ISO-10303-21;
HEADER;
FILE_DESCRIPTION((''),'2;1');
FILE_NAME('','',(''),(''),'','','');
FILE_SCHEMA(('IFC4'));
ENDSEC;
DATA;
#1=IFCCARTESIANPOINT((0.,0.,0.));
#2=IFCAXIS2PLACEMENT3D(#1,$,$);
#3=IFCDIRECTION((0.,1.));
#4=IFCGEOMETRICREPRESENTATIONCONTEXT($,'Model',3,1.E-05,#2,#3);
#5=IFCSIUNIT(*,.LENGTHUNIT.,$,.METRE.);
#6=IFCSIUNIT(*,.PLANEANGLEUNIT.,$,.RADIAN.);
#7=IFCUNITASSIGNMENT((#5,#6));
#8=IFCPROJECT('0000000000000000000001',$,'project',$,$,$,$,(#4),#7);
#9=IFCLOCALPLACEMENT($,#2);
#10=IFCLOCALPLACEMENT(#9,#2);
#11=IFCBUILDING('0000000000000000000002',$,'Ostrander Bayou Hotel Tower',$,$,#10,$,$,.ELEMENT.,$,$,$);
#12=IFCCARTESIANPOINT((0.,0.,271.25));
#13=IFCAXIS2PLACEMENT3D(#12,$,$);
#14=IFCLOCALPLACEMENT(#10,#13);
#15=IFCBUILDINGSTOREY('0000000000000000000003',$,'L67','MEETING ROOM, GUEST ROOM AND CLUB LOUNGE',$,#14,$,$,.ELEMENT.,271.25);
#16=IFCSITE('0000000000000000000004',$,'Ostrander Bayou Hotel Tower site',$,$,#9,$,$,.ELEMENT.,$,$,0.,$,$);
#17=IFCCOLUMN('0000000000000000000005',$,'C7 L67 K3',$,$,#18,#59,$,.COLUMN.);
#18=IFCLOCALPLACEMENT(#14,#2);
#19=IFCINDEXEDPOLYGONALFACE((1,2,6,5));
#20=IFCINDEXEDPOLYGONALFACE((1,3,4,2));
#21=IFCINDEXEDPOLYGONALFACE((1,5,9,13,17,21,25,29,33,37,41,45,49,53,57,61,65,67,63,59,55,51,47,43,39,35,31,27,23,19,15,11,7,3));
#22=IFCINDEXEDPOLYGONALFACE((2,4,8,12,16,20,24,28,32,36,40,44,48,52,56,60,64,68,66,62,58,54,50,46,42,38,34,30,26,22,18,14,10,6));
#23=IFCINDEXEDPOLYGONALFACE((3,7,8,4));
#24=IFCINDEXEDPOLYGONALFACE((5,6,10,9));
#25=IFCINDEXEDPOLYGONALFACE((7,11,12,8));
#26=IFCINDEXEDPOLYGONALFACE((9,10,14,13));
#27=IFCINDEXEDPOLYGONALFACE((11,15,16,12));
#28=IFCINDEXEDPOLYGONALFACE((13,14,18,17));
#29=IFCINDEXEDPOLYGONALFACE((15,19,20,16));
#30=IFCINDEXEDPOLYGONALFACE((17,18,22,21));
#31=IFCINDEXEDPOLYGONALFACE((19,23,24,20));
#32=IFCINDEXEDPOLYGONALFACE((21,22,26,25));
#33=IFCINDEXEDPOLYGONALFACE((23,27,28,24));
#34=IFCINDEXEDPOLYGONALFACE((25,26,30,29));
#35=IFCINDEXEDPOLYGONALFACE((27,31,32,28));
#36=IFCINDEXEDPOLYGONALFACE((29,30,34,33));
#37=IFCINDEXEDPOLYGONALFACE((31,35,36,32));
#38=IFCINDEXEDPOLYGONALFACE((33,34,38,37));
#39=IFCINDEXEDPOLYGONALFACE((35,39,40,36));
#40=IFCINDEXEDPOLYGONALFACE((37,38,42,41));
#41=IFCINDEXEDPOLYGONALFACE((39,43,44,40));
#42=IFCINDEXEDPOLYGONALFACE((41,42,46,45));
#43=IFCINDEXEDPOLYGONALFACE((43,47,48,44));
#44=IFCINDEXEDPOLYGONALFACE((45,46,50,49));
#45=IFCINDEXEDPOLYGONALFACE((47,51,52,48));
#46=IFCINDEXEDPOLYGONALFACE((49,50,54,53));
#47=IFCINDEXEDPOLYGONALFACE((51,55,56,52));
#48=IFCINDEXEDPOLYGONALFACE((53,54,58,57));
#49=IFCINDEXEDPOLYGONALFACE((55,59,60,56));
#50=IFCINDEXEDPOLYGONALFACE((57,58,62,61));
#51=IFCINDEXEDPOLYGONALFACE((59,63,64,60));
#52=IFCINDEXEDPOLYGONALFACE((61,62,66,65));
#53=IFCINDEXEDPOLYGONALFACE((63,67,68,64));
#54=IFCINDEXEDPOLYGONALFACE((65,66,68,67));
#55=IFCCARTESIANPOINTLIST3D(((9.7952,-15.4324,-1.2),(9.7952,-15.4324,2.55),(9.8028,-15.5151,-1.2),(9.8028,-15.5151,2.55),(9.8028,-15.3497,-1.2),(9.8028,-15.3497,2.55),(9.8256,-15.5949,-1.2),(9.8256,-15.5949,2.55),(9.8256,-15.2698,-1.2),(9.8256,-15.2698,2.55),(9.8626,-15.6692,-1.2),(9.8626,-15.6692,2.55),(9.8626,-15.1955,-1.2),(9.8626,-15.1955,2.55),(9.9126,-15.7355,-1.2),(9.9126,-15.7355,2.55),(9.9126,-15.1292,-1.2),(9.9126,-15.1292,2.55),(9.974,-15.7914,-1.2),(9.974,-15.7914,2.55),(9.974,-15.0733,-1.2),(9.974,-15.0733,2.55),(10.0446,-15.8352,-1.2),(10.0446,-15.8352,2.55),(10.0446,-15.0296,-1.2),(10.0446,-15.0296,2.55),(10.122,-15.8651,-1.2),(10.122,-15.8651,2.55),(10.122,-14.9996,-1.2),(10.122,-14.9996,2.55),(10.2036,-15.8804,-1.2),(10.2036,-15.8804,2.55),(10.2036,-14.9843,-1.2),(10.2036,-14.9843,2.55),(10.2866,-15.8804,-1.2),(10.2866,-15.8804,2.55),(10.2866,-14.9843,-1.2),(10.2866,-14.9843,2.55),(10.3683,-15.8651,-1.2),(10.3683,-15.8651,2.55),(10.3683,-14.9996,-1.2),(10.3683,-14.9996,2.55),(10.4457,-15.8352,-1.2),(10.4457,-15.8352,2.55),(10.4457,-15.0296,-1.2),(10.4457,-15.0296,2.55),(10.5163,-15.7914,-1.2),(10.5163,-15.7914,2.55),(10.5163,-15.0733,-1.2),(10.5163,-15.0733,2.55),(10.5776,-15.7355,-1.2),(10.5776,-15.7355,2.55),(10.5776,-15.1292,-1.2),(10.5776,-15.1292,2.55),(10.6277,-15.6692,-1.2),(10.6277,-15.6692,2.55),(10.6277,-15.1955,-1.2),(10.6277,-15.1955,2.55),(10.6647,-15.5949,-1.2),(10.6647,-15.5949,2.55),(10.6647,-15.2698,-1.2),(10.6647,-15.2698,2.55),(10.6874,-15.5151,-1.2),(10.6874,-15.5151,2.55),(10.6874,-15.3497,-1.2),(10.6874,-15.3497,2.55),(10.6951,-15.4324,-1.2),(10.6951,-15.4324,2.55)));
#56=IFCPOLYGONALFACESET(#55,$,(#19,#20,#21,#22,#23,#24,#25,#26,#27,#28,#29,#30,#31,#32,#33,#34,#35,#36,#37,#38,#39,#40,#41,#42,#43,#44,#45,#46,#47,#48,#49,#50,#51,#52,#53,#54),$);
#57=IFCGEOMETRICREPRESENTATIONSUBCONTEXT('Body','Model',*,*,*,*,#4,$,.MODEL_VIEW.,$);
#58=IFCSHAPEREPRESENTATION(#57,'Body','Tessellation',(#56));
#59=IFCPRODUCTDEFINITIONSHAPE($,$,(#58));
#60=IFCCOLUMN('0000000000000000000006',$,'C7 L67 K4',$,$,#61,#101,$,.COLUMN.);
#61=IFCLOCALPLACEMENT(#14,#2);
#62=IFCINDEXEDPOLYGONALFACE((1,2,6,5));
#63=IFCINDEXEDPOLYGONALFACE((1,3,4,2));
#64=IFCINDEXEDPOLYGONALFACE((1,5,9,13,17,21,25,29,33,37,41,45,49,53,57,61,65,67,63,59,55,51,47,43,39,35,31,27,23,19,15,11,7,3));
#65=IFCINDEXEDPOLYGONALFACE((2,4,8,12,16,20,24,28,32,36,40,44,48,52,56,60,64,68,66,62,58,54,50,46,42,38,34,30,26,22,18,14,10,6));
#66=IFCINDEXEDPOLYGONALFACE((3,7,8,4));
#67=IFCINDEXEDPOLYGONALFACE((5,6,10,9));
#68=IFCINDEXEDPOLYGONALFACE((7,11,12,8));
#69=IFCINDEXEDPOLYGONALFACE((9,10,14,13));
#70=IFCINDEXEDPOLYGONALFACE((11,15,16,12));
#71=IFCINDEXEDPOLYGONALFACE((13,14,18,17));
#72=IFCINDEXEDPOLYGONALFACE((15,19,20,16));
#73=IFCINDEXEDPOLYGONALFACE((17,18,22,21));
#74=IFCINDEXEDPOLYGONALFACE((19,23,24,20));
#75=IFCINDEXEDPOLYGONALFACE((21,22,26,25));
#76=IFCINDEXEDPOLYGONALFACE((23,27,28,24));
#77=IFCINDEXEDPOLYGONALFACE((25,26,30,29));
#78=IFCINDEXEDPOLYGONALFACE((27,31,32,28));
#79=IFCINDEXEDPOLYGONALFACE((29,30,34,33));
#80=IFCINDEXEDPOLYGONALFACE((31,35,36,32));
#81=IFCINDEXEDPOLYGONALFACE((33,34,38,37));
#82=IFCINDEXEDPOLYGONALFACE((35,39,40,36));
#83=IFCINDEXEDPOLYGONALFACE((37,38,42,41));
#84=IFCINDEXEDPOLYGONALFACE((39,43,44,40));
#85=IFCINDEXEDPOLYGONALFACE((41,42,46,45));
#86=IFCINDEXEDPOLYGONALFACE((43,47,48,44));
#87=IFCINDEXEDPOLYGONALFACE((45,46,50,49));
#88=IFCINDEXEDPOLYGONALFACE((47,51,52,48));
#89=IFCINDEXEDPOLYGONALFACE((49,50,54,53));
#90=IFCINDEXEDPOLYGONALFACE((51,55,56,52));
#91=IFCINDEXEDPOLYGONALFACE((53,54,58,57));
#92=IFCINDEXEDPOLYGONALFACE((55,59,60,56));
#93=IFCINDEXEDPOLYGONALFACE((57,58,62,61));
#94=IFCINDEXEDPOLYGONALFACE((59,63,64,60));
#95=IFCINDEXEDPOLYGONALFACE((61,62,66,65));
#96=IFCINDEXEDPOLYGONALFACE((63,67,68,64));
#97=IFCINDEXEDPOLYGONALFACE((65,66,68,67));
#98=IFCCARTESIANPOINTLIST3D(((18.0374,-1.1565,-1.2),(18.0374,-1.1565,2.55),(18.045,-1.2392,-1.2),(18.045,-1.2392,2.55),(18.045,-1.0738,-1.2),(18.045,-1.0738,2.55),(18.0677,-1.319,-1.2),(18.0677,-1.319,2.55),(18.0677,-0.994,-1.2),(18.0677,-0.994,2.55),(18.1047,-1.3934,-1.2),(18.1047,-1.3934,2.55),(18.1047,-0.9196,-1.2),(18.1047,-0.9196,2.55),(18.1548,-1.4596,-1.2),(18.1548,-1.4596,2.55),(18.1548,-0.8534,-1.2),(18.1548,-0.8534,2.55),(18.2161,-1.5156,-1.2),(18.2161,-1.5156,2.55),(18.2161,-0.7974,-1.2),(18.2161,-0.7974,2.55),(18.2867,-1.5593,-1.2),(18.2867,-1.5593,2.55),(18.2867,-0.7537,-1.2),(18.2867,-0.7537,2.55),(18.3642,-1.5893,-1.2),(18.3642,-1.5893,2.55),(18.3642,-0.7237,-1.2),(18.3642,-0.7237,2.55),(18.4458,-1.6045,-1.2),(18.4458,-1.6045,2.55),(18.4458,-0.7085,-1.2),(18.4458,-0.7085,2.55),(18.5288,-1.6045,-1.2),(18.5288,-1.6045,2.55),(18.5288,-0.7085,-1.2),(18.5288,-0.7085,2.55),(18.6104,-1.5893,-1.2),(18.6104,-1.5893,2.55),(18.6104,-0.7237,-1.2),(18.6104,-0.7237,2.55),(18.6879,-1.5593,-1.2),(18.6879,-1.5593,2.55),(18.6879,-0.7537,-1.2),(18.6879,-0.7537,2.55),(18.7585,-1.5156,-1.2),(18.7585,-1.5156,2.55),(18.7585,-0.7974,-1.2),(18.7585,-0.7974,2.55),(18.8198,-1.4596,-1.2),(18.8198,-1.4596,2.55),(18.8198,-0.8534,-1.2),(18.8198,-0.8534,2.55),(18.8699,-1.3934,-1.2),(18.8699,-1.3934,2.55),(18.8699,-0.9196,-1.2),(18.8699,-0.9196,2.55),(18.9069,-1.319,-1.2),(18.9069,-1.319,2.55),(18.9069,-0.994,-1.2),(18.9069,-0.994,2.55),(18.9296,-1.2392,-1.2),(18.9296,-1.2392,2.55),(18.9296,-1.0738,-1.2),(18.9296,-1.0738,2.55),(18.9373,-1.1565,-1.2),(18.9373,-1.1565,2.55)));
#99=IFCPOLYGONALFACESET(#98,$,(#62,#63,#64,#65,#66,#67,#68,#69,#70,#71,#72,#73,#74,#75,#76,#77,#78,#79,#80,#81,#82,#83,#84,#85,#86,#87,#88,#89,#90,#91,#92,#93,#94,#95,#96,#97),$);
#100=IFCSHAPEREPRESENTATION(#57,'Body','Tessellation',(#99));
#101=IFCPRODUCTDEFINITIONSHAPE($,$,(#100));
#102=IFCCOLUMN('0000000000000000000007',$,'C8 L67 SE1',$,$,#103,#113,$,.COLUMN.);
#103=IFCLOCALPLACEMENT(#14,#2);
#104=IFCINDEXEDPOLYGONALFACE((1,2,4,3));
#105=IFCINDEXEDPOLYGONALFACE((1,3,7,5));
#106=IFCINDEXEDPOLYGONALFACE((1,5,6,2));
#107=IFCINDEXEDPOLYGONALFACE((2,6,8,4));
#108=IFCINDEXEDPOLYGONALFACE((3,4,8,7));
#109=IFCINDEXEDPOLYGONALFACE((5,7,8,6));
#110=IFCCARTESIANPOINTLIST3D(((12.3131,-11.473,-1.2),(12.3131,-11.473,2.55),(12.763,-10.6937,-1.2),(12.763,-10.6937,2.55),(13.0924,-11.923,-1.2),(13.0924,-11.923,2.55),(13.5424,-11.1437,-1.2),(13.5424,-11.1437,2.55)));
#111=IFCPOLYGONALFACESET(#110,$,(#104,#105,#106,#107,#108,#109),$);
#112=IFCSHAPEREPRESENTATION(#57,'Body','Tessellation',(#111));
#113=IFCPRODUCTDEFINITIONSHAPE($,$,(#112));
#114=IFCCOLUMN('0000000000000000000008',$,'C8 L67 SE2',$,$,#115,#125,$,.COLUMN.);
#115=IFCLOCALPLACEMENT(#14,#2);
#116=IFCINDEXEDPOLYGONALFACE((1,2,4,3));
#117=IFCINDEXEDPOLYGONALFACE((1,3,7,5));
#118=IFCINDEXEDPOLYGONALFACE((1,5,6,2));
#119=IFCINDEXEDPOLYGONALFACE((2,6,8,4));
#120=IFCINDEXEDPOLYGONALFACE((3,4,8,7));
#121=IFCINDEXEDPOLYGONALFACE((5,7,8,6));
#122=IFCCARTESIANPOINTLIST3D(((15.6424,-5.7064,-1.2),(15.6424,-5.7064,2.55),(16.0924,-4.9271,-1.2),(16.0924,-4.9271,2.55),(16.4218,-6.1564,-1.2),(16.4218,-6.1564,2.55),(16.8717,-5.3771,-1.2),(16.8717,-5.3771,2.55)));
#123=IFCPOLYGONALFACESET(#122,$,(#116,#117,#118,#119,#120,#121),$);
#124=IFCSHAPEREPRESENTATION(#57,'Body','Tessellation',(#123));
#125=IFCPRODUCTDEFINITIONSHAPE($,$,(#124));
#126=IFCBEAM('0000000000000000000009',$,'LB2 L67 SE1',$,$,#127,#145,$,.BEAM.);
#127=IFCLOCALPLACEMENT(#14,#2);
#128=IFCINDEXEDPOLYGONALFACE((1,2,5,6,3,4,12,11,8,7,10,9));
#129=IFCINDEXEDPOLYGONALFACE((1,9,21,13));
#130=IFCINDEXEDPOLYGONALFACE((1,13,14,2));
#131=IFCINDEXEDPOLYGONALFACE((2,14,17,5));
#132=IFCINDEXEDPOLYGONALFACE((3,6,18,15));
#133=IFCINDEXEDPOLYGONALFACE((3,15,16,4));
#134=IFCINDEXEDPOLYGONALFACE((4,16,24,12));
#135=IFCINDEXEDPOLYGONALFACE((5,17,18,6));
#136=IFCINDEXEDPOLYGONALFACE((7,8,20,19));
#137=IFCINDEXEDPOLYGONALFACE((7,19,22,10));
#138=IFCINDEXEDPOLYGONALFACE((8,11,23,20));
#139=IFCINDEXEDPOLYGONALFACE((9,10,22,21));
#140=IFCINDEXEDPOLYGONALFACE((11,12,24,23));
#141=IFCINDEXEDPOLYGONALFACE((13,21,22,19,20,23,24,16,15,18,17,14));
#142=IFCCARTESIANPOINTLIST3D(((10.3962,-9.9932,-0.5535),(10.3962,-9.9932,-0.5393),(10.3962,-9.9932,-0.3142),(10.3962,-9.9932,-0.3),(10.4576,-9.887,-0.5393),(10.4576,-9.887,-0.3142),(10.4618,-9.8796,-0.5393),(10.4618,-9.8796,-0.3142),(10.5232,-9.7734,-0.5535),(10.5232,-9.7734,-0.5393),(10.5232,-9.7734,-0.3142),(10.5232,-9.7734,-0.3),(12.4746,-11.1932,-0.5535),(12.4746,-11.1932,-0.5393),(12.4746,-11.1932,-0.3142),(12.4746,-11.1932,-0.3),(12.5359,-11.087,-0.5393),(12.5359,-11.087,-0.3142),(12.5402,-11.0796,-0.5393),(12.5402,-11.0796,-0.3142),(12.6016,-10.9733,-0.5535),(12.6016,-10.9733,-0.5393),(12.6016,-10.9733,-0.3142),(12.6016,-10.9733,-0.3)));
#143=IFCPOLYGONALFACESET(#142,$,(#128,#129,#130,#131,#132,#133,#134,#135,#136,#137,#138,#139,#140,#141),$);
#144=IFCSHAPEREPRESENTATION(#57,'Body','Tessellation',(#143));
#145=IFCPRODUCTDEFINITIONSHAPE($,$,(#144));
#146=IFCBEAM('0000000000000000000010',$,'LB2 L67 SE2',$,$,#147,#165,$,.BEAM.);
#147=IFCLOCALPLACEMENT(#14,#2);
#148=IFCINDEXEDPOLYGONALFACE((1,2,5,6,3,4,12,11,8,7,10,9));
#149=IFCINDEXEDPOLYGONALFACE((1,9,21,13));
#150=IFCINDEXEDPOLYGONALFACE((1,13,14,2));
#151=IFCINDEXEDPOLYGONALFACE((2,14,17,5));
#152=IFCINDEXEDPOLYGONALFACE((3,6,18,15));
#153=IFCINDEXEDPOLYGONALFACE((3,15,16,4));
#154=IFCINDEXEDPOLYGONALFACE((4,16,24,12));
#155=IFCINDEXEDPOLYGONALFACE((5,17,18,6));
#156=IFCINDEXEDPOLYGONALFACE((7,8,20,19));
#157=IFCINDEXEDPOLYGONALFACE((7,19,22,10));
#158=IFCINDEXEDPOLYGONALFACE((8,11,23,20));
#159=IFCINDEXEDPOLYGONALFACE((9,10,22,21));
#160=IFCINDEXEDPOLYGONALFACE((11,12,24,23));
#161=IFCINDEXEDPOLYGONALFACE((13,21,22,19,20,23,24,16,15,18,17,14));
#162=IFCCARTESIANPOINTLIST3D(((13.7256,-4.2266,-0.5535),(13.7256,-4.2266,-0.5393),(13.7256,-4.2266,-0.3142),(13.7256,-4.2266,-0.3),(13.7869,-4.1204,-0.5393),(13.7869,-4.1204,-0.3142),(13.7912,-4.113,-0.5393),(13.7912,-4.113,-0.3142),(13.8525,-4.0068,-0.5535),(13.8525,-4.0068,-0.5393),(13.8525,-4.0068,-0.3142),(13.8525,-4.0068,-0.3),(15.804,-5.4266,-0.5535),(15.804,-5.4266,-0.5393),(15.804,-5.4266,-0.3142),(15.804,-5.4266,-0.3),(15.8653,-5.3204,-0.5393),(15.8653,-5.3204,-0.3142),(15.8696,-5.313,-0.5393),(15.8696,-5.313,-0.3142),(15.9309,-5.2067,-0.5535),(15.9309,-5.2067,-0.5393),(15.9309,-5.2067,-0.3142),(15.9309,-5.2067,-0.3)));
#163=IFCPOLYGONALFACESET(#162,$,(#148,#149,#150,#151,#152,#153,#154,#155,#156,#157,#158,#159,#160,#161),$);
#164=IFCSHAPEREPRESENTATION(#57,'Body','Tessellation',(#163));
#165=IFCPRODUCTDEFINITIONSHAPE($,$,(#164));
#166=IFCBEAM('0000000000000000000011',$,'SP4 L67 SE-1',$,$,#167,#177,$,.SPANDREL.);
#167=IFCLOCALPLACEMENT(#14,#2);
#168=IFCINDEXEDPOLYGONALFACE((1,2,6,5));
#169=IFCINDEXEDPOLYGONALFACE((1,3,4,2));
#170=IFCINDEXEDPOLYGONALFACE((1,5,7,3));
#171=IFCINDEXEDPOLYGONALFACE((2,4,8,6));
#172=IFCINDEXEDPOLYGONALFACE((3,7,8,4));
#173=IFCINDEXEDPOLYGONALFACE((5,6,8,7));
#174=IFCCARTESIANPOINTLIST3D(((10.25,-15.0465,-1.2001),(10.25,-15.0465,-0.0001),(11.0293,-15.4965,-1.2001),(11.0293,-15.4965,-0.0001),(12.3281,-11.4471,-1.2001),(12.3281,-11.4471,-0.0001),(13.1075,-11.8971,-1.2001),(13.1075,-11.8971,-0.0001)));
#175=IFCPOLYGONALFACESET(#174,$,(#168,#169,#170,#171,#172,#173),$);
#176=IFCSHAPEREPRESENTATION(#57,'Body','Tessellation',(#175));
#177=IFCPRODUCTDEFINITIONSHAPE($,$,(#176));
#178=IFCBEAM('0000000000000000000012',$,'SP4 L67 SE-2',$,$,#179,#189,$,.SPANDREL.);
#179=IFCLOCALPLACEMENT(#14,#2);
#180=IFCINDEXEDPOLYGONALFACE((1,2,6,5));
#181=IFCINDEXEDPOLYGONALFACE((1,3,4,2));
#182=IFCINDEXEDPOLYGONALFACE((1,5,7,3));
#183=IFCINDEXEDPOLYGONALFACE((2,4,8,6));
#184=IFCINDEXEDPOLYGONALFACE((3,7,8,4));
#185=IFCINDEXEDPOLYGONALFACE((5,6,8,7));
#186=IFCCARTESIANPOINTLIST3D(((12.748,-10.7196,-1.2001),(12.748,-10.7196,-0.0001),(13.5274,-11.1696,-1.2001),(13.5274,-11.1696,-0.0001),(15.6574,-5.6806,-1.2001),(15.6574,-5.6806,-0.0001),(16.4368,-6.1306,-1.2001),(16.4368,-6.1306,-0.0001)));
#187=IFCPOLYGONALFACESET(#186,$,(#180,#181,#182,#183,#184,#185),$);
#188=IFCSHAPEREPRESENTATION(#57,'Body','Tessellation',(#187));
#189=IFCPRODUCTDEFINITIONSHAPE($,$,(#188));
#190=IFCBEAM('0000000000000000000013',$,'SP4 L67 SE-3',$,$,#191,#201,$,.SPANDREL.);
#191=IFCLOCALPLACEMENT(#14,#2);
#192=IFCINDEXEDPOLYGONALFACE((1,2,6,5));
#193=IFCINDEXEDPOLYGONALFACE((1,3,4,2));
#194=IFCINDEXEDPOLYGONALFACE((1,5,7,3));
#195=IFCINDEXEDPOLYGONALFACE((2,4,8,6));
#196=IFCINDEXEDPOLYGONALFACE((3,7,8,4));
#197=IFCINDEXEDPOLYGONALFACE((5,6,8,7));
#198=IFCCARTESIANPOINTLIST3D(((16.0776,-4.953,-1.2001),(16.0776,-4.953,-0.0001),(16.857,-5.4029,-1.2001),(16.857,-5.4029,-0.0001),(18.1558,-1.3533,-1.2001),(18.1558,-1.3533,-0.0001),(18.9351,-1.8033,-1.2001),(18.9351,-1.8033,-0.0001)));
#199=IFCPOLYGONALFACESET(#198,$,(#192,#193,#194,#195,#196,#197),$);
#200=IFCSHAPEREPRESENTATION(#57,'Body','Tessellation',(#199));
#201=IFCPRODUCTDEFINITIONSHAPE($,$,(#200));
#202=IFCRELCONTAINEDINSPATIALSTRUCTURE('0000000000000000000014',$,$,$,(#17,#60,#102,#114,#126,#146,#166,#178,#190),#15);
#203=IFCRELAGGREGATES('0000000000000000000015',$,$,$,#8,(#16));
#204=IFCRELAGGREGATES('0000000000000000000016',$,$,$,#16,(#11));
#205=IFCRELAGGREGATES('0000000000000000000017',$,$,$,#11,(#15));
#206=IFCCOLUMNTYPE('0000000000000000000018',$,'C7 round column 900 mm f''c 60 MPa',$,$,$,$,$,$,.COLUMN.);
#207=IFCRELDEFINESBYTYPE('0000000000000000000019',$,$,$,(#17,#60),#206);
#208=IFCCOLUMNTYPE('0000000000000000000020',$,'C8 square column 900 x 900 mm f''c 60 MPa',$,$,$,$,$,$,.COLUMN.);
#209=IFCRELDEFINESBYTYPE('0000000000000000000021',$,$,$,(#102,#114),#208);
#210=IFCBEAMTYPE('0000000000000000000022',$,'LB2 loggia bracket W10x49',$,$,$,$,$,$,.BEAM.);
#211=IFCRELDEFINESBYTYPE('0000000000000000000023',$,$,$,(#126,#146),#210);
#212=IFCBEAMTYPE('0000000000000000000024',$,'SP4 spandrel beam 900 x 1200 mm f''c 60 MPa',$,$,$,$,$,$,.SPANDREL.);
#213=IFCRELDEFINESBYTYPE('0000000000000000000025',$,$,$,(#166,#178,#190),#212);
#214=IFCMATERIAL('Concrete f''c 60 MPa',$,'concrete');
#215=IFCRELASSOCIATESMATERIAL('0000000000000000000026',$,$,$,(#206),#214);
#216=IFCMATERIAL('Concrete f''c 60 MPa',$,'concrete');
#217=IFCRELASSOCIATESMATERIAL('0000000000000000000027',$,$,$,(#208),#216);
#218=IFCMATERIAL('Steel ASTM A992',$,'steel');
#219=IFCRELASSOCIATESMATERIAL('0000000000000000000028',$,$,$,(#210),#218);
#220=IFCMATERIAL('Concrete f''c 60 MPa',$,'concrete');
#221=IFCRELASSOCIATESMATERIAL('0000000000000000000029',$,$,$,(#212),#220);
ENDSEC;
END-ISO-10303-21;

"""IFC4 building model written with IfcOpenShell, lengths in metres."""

from ifc_helpers import new_model, si_unit, direction, frame, origin, origin_2d, place, context, subcontext, project, spatial, rectangle, circle, i_section, extrude, material, material_profile, profile_set, type_object, element, save


model = new_model("IFC4")

# Units and contexts
model_context = context("Model", 3, precision=1e-05, world=origin(), true_north=direction((0.0, 1.0)))
body_context = subcontext(model_context, "Body", "Model", "MODEL_VIEW")
ifc_project = project(units=[si_unit("LENGTHUNIT", "METRE"), si_unit("PLANEANGLEUNIT", "RADIAN")], contexts=[model_context])

# Site, building, storey
site_placement = place(None, origin())
site = spatial("IfcSite", under=ifc_project, at=site_placement, Name="Ostrander Bayou Hotel Tower site", CompositionType="ELEMENT", RefElevation=0.0)
building_placement = place(site_placement, origin())
building = spatial("IfcBuilding", under=site, at=building_placement, Name="Ostrander Bayou Hotel Tower", CompositionType="ELEMENT")
storey_placement = place(building_placement, frame((0.0, 0.0, 271.25)))
storey = spatial("IfcBuildingStorey", under=building, at=storey_placement, Name="L67", Description="MEETING ROOM, GUEST ROOM AND CLUB LOUNGE", CompositionType="ELEMENT", Elevation=271.25)

# Columns
ifc_material_1 = material(Name="Concrete f'c 60 MPa", Category="concrete")
ifc_material_profile_1 = material_profile(ifc_material_1, circle(Radius=0.45, at=origin_2d()))
ifc_profile_set_1 = profile_set([ifc_material_profile_1], Name="Concrete f'c 60 MPa")
column_type_1 = type_object("IfcColumnType", Name="C7 round column 900 mm f'c 60 MPa", PredefinedType="COLUMN", material=ifc_profile_set_1)
for number, where, z_axis, x_axis, name in (
    (1, (10.2451, -15.4324, -1.2), (0.0, 0.0, 1.0), (1.0, 0.0, 0.0), "C7 L67 K3"),
    (2, (18.4873, -1.1565, -1.2), (0.0, 0.0, 1.0), (1.0, 0.0, 0.0), "C7 L67 K4"),
):
    element("IfcColumn", number, at=place(storey_placement, frame(where, z_axis=z_axis, x_axis=x_axis)), inside=storey, type_object=column_type_1, Name=name, PredefinedType="COLUMN", context=body_context, shape_type="SweptSolid", body=[
        extrude(circle(Radius=0.45, at=origin_2d()), origin(), (0.0, 0.0, 1.0), 3.75),
    ])
ifc_material_2 = material(Name="Concrete f'c 60 MPa", Category="concrete")
ifc_material_profile_2 = material_profile(ifc_material_2, rectangle(XDim=0.8999, YDim=0.8999, at=origin_2d()))
ifc_profile_set_2 = profile_set([ifc_material_profile_2], Name="Concrete f'c 60 MPa")
column_type_2 = type_object("IfcColumnType", Name="C8 square column 900 x 900 mm f'c 60 MPa", PredefinedType="COLUMN", material=ifc_profile_set_2)
for number, where, z_axis, x_axis, name in (
    (3, (12.9277, -11.3083, -1.2), (0.0, 0.0, 1.0), (-0.5, -0.866025, 0.0), "C8 L67 SE1"),
    (4, (16.2571, -5.5417, -1.2), (0.0, 0.0, 1.0), (-0.5, -0.866025, 0.0), "C8 L67 SE2"),
):
    element("IfcColumn", number, at=place(storey_placement, frame(where, z_axis=z_axis, x_axis=x_axis)), inside=storey, type_object=column_type_2, Name=name, PredefinedType="COLUMN", context=body_context, shape_type="SweptSolid", body=[
        extrude(rectangle(XDim=0.8999, YDim=0.8999, at=origin_2d()), origin(), (0.0, 0.0, 1.0), 3.75),
    ])

# Beams
ifc_material_3 = material(Name="Steel ASTM A992", Category="steel")
ifc_material_profile_3 = material_profile(ifc_material_3, i_section(OverallWidth=0.2539, OverallDepth=0.2534, WebThickness=0.0085, FlangeThickness=0.0142, at=origin_2d()))
ifc_profile_set_3 = profile_set([ifc_material_profile_3], Name="Steel ASTM A992")
beam_type_1 = type_object("IfcBeamType", Name="LB2 loggia bracket W10x49", PredefinedType="BEAM", material=ifc_profile_set_3)
for number, where, z_axis, x_axis, name in (
    (5, (12.5381, -11.0833, -0.4268), (-0.866025, 0.500001, 0.0), (-0.500001, -0.866025, 0.0), "LB2 L67 SE1"),
    (6, (15.8674, -5.3167, -0.4268), (-0.866025, 0.500001, 0.0), (-0.500001, -0.866025, 0.0), "LB2 L67 SE2"),
):
    element("IfcBeam", number, at=place(storey_placement, frame(where, z_axis=z_axis, x_axis=x_axis)), inside=storey, type_object=beam_type_1, Name=name, PredefinedType="BEAM", context=body_context, shape_type="SweptSolid", body=[
        extrude(i_section(OverallWidth=0.2539, OverallDepth=0.2534, WebThickness=0.0085, FlangeThickness=0.0142, at=origin_2d()), origin(), (0.0, 0.0, 1.0), 2.3999),
    ])
ifc_material_4 = material(Name="Concrete f'c 60 MPa", Category="concrete")
ifc_material_profile_4 = material_profile(ifc_material_4, rectangle(XDim=0.8999, YDim=1.2, at=origin_2d()))
ifc_profile_set_4 = profile_set([ifc_material_profile_4], Name="Concrete f'c 60 MPa")
beam_type_2 = type_object("IfcBeamType", Name="SP4 spandrel beam 900 x 1200 mm f'c 60 MPa", PredefinedType="SPANDREL", material=ifc_profile_set_4)
beam_1_placement = place(storey_placement, frame((10.6396, -15.2715, -0.6001), z_axis=(0.500006, 0.866022, 0.0), x_axis=(-0.866022, 0.500006, 0.0)))
element("IfcBeam", 7, at=beam_1_placement, inside=storey, type_object=beam_type_2, Name="SP4 L67 SE-1", PredefinedType="SPANDREL", context=body_context, shape_type="SweptSolid", body=[
    extrude(rectangle(XDim=0.8999, YDim=1.2, at=origin_2d()), origin(), (0.0, 0.0, 1.0), 4.1562),
])
beam_2_placement = place(storey_placement, frame((13.1377, -10.9446, -0.6001), z_axis=(0.500015, 0.866016, 0.0), x_axis=(-0.866016, 0.500015, 0.0)))
element("IfcBeam", 8, at=beam_2_placement, inside=storey, type_object=beam_type_2, Name="SP4 L67 SE-2", PredefinedType="SPANDREL", context=body_context, shape_type="SweptSolid", body=[
    extrude(rectangle(XDim=0.8999, YDim=1.2, at=origin_2d()), origin(), (0.0, 0.0, 1.0), 5.8186),
])
beam_3_placement = place(storey_placement, frame((16.4673, -5.178, -0.6001), z_axis=(0.49998, 0.866037, 0.0), x_axis=(-0.866037, 0.49998, 0.0)))
element("IfcBeam", 9, at=beam_3_placement, inside=storey, type_object=beam_type_2, Name="SP4 L67 SE-3", PredefinedType="SPANDREL", context=body_context, shape_type="SweptSolid", body=[
    extrude(rectangle(XDim=0.8999, YDim=1.2, at=origin_2d()), origin(), (0.0, 0.0, 1.0), 4.1565),
])

save(model, "model.ifc")
